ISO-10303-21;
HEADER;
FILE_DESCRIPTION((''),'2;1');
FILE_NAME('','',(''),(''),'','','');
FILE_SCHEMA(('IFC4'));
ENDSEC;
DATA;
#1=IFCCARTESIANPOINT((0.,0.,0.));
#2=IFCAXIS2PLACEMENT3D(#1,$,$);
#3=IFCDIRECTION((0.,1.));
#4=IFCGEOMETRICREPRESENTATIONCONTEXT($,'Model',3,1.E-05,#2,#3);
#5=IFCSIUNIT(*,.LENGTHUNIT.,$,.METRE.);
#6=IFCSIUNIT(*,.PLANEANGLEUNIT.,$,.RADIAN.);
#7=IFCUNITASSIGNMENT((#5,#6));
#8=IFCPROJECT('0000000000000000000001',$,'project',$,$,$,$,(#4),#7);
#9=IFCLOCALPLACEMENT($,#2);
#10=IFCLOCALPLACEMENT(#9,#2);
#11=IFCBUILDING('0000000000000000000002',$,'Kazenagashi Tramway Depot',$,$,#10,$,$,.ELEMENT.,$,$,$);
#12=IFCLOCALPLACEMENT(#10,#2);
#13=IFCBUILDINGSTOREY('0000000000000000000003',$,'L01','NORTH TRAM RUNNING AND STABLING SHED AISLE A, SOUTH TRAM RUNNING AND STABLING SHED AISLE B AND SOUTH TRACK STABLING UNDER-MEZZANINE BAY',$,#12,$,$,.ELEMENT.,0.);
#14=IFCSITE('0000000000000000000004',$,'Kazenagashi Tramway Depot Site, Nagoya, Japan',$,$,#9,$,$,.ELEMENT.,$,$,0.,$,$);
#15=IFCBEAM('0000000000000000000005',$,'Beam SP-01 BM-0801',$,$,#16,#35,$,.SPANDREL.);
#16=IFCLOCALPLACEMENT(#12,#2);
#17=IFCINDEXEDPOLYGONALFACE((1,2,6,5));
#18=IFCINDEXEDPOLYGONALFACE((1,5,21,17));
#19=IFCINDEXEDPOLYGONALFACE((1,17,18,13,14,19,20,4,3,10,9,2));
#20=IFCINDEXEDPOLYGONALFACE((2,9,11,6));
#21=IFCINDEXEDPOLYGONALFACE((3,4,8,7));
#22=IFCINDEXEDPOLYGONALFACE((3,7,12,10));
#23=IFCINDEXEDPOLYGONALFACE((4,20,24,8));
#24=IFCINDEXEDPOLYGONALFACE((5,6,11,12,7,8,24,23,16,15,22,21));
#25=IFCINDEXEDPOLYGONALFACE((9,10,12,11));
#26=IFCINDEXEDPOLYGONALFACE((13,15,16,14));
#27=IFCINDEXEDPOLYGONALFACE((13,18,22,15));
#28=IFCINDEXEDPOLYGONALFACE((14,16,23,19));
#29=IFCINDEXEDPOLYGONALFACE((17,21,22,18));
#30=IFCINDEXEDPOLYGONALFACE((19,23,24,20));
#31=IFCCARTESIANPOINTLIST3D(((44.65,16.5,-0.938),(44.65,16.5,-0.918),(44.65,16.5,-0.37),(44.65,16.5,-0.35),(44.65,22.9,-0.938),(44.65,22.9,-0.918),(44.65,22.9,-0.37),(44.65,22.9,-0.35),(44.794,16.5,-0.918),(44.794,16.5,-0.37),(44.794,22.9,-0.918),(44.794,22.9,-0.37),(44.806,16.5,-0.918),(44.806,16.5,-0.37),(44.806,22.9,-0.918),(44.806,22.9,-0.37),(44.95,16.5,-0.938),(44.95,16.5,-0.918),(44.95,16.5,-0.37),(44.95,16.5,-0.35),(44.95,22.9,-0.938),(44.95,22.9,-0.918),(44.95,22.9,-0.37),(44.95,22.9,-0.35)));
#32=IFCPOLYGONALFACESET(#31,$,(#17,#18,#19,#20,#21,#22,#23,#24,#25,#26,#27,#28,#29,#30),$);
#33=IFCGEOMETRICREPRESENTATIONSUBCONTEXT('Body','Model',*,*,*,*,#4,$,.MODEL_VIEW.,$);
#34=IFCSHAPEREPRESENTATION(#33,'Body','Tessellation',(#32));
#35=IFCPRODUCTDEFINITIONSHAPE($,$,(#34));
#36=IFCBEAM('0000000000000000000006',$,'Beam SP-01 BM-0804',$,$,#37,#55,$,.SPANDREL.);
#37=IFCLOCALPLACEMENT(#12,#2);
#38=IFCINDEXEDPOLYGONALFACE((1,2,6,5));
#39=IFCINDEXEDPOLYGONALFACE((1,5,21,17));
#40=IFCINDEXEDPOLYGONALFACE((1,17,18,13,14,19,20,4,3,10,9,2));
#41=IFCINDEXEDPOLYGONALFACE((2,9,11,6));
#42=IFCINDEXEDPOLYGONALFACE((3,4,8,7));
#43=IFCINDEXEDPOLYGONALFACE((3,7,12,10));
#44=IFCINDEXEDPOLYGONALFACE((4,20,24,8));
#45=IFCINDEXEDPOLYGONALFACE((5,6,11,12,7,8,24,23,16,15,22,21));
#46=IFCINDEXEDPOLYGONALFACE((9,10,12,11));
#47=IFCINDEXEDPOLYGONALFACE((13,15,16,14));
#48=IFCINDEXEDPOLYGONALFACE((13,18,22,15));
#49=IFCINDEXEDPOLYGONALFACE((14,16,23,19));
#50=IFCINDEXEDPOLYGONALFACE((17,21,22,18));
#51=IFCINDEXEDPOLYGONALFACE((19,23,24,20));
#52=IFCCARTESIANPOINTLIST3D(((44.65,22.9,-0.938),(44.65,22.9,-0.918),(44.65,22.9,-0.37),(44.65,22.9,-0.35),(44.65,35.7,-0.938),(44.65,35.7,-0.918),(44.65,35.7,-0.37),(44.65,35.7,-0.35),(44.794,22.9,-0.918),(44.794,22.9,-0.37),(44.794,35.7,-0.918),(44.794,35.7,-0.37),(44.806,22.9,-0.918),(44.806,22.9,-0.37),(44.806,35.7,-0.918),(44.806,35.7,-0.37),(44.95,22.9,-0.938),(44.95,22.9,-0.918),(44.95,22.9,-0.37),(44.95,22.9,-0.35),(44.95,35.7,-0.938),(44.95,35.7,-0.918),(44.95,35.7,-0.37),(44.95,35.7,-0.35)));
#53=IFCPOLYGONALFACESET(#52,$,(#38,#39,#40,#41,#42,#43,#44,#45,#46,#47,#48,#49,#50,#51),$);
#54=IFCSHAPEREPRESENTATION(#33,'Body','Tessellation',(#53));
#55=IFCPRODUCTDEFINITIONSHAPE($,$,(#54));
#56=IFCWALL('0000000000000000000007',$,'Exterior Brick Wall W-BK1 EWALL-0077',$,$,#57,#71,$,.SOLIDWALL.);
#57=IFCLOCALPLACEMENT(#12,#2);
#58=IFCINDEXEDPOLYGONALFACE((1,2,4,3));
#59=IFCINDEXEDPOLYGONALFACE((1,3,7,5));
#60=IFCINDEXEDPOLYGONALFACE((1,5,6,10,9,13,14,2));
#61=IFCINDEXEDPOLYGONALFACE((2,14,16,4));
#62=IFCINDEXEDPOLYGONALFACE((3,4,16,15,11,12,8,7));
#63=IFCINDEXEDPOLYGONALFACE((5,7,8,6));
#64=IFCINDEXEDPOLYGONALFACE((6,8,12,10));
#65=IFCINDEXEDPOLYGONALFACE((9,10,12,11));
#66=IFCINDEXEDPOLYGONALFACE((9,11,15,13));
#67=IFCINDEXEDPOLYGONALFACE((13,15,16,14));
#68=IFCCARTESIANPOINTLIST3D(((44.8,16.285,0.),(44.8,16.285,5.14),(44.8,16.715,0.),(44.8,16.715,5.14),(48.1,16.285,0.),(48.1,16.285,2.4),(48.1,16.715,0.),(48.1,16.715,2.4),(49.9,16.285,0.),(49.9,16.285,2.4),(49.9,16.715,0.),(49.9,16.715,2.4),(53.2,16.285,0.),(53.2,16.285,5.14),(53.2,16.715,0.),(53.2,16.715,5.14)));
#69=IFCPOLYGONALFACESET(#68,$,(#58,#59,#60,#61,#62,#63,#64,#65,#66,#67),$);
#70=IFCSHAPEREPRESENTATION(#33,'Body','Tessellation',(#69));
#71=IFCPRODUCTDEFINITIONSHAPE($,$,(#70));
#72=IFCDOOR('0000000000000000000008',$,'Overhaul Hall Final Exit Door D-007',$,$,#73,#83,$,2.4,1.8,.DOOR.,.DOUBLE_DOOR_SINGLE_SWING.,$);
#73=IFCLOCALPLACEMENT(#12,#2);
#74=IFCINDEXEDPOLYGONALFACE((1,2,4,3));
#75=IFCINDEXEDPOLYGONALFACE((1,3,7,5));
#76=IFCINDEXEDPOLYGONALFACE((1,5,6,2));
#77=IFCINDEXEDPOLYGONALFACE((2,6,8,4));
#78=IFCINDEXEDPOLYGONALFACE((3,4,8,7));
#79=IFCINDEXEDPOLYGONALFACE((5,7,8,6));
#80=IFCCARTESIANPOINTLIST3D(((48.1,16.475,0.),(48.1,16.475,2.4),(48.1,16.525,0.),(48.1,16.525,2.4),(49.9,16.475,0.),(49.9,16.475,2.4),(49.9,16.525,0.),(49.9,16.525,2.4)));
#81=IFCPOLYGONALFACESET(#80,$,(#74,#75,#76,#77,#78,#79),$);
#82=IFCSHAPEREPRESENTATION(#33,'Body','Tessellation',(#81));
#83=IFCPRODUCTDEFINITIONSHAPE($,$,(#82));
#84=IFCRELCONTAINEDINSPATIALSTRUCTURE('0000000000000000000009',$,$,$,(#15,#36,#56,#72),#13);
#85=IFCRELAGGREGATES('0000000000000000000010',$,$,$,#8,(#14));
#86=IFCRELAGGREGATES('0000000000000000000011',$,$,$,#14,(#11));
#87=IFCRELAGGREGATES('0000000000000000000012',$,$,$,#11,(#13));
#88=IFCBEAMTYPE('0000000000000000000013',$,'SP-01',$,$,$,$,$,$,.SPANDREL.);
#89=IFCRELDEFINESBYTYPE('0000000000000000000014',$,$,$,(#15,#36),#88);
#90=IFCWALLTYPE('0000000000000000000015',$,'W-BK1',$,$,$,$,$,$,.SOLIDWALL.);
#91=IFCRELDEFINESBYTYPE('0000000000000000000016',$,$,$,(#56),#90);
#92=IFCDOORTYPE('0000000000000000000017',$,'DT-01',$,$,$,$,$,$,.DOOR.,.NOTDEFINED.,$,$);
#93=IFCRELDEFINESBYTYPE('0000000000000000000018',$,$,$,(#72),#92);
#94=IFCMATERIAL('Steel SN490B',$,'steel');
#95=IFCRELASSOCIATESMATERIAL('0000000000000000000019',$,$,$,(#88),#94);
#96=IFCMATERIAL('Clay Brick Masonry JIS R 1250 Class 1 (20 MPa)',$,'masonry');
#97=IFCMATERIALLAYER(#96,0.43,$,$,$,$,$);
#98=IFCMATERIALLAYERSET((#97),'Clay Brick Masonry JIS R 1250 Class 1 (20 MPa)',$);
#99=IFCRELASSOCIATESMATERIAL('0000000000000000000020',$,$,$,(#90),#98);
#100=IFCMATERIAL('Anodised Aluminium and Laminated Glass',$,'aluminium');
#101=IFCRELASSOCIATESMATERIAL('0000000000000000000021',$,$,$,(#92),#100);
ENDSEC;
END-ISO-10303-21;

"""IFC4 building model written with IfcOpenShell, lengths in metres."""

from ifc_helpers import new_model, si_unit, direction, frame, frame_2d, origin, origin_2d, place, context, subcontext, project, spatial, rectangle, i_section, extrude, material, layer, layer_set, material_profile, profile_set, type_object, element, fill, save


model = new_model("IFC4")

# Units and contexts
model_context = context("Model", 3, precision=1e-05, world=origin(), true_north=direction((0.0, 1.0)))
body_context = subcontext(model_context, "Body", "Model", "MODEL_VIEW")
ifc_project = project(units=[si_unit("LENGTHUNIT", "METRE"), si_unit("PLANEANGLEUNIT", "RADIAN")], contexts=[model_context])

# Site, building, storey
site_placement = place(None, origin())
site = spatial("IfcSite", under=ifc_project, at=site_placement, Name="Kazenagashi Tramway Depot Site, Nagoya, Japan", CompositionType="ELEMENT", RefElevation=0.0)
building_placement = place(site_placement, origin())
building = spatial("IfcBuilding", under=site, at=building_placement, Name="Kazenagashi Tramway Depot", CompositionType="ELEMENT")
storey_placement = place(building_placement, origin())
storey = spatial("IfcBuildingStorey", under=building, at=storey_placement, Name="L01", Description="NORTH TRAM RUNNING AND STABLING SHED AISLE A, SOUTH TRAM RUNNING AND STABLING SHED AISLE B AND SOUTH TRACK STABLING UNDER-MEZZANINE BAY", CompositionType="ELEMENT", Elevation=0.0)

# Shared definitions
ifc_material_1 = material(Name="Steel SN490B", Category="steel")

# Beams
ifc_material_profile_1 = material_profile(ifc_material_1, i_section(OverallWidth=0.3, OverallDepth=0.588, WebThickness=0.012, FlangeThickness=0.02, at=origin_2d()), Name="H-588x300x12x20")
ifc_profile_set_1 = profile_set([ifc_material_profile_1], Name="Steel SN490B")
beam_type_1 = type_object("IfcBeamType", Name="SP-01", PredefinedType="SPANDREL", material=ifc_profile_set_1)
beam_1_placement = place(storey_placement, frame((44.8, 16.5, -0.644), z_axis=(0.0, 1.0, 0.0), x_axis=(-1.0, 0.0, 0.0)))
element("IfcBeam", 1, at=beam_1_placement, inside=storey, type_object=beam_type_1, Name="Beam SP-01 BM-0801", PredefinedType="SPANDREL", context=body_context, shape_type="SweptSolid", body=[
    extrude(i_section(OverallWidth=0.3, OverallDepth=0.588, WebThickness=0.012, FlangeThickness=0.02, at=origin_2d()), origin(), (0.0, 0.0, 1.0), 6.4),
])
beam_2_placement = place(storey_placement, frame((44.8, 22.9, -0.644), z_axis=(0.0, 1.0, 0.0), x_axis=(-1.0, 0.0, 0.0)))
element("IfcBeam", 2, at=beam_2_placement, inside=storey, type_object=beam_type_1, Name="Beam SP-01 BM-0804", PredefinedType="SPANDREL", context=body_context, shape_type="SweptSolid", body=[
    extrude(i_section(OverallWidth=0.3, OverallDepth=0.588, WebThickness=0.012, FlangeThickness=0.02, at=origin_2d()), origin(), (0.0, 0.0, 1.0), 12.8),
])

# Wall, opening, door
ifc_material_2 = material(Name="Clay Brick Masonry JIS R 1250 Class 1 (20 MPa)", Category="masonry")
ifc_layer_1 = layer(ifc_material_2, 0.43)
ifc_layer_set_1 = layer_set([ifc_layer_1], Name="Clay Brick Masonry JIS R 1250 Class 1 (20 MPa)")
wall_type_1 = type_object("IfcWallType", Name="W-BK1", PredefinedType="SOLIDWALL", material=ifc_layer_set_1)
wall_1_placement = place(storey_placement, frame((44.8, 16.5, 0.0), z_axis=(0.0, 0.0, 1.0), x_axis=(1.0, 0.0, 0.0)))
wall_1 = element("IfcWall", 3, at=wall_1_placement, inside=storey, type_object=wall_type_1, Name="Exterior Brick Wall W-BK1 EWALL-0077", PredefinedType="SOLIDWALL", context=body_context, shape_type="SweptSolid", body=[
    extrude(rectangle(XDim=8.4, YDim=0.43, at=frame_2d((4.2, 0.0))), origin(), (0.0, 0.0, 1.0), 5.14),
])
opening_1_placement = place(wall_1_placement, frame((3.3, 0.0, 0.0)))
opening_1 = element("IfcOpeningElement", 4, at=opening_1_placement, cuts=wall_1, PredefinedType="OPENING", context=body_context, shape_type="SweptSolid", body=[
    extrude(rectangle(XDim=1.8, YDim=2.4, at=frame_2d((0.9, 1.2))), frame((0.0, 0.225, 0.0), z_axis=(0.0, -1.0, 0.0), x_axis=(1.0, 0.0, 0.0)), (0.0, 0.0, 1.0), 0.45),
])
ifc_material_3 = material(Name="Anodised Aluminium and Laminated Glass", Category="aluminium")
door_type_1 = type_object("IfcDoorType", Name="DT-01", OperationType="NOTDEFINED", PredefinedType="DOOR", material=ifc_material_3)
door_1_placement = place(opening_1_placement, frame((1.8, 0.0, 0.0), z_axis=(0.0, 0.0, 1.0), x_axis=(-1.0, 0.0, 0.0)))
door_1 = element("IfcDoor", 5, at=door_1_placement, inside=storey, type_object=door_type_1, Name="Overhaul Hall Final Exit Door D-007", OperationType="DOUBLE_DOOR_SINGLE_SWING", OverallHeight=2.4, OverallWidth=1.8, PredefinedType="DOOR", context=body_context, shape_type="SweptSolid", body=[
    extrude(rectangle(XDim=1.8, YDim=2.4, at=frame_2d((0.9, 1.2))), frame((0.0, 0.025, 0.0), z_axis=(0.0, -1.0, 0.0), x_axis=(1.0, 0.0, 0.0)), (0.0, 0.0, 1.0), 0.05),
])
fill(opening_1, door_1)

save(model, "model.ifc")
